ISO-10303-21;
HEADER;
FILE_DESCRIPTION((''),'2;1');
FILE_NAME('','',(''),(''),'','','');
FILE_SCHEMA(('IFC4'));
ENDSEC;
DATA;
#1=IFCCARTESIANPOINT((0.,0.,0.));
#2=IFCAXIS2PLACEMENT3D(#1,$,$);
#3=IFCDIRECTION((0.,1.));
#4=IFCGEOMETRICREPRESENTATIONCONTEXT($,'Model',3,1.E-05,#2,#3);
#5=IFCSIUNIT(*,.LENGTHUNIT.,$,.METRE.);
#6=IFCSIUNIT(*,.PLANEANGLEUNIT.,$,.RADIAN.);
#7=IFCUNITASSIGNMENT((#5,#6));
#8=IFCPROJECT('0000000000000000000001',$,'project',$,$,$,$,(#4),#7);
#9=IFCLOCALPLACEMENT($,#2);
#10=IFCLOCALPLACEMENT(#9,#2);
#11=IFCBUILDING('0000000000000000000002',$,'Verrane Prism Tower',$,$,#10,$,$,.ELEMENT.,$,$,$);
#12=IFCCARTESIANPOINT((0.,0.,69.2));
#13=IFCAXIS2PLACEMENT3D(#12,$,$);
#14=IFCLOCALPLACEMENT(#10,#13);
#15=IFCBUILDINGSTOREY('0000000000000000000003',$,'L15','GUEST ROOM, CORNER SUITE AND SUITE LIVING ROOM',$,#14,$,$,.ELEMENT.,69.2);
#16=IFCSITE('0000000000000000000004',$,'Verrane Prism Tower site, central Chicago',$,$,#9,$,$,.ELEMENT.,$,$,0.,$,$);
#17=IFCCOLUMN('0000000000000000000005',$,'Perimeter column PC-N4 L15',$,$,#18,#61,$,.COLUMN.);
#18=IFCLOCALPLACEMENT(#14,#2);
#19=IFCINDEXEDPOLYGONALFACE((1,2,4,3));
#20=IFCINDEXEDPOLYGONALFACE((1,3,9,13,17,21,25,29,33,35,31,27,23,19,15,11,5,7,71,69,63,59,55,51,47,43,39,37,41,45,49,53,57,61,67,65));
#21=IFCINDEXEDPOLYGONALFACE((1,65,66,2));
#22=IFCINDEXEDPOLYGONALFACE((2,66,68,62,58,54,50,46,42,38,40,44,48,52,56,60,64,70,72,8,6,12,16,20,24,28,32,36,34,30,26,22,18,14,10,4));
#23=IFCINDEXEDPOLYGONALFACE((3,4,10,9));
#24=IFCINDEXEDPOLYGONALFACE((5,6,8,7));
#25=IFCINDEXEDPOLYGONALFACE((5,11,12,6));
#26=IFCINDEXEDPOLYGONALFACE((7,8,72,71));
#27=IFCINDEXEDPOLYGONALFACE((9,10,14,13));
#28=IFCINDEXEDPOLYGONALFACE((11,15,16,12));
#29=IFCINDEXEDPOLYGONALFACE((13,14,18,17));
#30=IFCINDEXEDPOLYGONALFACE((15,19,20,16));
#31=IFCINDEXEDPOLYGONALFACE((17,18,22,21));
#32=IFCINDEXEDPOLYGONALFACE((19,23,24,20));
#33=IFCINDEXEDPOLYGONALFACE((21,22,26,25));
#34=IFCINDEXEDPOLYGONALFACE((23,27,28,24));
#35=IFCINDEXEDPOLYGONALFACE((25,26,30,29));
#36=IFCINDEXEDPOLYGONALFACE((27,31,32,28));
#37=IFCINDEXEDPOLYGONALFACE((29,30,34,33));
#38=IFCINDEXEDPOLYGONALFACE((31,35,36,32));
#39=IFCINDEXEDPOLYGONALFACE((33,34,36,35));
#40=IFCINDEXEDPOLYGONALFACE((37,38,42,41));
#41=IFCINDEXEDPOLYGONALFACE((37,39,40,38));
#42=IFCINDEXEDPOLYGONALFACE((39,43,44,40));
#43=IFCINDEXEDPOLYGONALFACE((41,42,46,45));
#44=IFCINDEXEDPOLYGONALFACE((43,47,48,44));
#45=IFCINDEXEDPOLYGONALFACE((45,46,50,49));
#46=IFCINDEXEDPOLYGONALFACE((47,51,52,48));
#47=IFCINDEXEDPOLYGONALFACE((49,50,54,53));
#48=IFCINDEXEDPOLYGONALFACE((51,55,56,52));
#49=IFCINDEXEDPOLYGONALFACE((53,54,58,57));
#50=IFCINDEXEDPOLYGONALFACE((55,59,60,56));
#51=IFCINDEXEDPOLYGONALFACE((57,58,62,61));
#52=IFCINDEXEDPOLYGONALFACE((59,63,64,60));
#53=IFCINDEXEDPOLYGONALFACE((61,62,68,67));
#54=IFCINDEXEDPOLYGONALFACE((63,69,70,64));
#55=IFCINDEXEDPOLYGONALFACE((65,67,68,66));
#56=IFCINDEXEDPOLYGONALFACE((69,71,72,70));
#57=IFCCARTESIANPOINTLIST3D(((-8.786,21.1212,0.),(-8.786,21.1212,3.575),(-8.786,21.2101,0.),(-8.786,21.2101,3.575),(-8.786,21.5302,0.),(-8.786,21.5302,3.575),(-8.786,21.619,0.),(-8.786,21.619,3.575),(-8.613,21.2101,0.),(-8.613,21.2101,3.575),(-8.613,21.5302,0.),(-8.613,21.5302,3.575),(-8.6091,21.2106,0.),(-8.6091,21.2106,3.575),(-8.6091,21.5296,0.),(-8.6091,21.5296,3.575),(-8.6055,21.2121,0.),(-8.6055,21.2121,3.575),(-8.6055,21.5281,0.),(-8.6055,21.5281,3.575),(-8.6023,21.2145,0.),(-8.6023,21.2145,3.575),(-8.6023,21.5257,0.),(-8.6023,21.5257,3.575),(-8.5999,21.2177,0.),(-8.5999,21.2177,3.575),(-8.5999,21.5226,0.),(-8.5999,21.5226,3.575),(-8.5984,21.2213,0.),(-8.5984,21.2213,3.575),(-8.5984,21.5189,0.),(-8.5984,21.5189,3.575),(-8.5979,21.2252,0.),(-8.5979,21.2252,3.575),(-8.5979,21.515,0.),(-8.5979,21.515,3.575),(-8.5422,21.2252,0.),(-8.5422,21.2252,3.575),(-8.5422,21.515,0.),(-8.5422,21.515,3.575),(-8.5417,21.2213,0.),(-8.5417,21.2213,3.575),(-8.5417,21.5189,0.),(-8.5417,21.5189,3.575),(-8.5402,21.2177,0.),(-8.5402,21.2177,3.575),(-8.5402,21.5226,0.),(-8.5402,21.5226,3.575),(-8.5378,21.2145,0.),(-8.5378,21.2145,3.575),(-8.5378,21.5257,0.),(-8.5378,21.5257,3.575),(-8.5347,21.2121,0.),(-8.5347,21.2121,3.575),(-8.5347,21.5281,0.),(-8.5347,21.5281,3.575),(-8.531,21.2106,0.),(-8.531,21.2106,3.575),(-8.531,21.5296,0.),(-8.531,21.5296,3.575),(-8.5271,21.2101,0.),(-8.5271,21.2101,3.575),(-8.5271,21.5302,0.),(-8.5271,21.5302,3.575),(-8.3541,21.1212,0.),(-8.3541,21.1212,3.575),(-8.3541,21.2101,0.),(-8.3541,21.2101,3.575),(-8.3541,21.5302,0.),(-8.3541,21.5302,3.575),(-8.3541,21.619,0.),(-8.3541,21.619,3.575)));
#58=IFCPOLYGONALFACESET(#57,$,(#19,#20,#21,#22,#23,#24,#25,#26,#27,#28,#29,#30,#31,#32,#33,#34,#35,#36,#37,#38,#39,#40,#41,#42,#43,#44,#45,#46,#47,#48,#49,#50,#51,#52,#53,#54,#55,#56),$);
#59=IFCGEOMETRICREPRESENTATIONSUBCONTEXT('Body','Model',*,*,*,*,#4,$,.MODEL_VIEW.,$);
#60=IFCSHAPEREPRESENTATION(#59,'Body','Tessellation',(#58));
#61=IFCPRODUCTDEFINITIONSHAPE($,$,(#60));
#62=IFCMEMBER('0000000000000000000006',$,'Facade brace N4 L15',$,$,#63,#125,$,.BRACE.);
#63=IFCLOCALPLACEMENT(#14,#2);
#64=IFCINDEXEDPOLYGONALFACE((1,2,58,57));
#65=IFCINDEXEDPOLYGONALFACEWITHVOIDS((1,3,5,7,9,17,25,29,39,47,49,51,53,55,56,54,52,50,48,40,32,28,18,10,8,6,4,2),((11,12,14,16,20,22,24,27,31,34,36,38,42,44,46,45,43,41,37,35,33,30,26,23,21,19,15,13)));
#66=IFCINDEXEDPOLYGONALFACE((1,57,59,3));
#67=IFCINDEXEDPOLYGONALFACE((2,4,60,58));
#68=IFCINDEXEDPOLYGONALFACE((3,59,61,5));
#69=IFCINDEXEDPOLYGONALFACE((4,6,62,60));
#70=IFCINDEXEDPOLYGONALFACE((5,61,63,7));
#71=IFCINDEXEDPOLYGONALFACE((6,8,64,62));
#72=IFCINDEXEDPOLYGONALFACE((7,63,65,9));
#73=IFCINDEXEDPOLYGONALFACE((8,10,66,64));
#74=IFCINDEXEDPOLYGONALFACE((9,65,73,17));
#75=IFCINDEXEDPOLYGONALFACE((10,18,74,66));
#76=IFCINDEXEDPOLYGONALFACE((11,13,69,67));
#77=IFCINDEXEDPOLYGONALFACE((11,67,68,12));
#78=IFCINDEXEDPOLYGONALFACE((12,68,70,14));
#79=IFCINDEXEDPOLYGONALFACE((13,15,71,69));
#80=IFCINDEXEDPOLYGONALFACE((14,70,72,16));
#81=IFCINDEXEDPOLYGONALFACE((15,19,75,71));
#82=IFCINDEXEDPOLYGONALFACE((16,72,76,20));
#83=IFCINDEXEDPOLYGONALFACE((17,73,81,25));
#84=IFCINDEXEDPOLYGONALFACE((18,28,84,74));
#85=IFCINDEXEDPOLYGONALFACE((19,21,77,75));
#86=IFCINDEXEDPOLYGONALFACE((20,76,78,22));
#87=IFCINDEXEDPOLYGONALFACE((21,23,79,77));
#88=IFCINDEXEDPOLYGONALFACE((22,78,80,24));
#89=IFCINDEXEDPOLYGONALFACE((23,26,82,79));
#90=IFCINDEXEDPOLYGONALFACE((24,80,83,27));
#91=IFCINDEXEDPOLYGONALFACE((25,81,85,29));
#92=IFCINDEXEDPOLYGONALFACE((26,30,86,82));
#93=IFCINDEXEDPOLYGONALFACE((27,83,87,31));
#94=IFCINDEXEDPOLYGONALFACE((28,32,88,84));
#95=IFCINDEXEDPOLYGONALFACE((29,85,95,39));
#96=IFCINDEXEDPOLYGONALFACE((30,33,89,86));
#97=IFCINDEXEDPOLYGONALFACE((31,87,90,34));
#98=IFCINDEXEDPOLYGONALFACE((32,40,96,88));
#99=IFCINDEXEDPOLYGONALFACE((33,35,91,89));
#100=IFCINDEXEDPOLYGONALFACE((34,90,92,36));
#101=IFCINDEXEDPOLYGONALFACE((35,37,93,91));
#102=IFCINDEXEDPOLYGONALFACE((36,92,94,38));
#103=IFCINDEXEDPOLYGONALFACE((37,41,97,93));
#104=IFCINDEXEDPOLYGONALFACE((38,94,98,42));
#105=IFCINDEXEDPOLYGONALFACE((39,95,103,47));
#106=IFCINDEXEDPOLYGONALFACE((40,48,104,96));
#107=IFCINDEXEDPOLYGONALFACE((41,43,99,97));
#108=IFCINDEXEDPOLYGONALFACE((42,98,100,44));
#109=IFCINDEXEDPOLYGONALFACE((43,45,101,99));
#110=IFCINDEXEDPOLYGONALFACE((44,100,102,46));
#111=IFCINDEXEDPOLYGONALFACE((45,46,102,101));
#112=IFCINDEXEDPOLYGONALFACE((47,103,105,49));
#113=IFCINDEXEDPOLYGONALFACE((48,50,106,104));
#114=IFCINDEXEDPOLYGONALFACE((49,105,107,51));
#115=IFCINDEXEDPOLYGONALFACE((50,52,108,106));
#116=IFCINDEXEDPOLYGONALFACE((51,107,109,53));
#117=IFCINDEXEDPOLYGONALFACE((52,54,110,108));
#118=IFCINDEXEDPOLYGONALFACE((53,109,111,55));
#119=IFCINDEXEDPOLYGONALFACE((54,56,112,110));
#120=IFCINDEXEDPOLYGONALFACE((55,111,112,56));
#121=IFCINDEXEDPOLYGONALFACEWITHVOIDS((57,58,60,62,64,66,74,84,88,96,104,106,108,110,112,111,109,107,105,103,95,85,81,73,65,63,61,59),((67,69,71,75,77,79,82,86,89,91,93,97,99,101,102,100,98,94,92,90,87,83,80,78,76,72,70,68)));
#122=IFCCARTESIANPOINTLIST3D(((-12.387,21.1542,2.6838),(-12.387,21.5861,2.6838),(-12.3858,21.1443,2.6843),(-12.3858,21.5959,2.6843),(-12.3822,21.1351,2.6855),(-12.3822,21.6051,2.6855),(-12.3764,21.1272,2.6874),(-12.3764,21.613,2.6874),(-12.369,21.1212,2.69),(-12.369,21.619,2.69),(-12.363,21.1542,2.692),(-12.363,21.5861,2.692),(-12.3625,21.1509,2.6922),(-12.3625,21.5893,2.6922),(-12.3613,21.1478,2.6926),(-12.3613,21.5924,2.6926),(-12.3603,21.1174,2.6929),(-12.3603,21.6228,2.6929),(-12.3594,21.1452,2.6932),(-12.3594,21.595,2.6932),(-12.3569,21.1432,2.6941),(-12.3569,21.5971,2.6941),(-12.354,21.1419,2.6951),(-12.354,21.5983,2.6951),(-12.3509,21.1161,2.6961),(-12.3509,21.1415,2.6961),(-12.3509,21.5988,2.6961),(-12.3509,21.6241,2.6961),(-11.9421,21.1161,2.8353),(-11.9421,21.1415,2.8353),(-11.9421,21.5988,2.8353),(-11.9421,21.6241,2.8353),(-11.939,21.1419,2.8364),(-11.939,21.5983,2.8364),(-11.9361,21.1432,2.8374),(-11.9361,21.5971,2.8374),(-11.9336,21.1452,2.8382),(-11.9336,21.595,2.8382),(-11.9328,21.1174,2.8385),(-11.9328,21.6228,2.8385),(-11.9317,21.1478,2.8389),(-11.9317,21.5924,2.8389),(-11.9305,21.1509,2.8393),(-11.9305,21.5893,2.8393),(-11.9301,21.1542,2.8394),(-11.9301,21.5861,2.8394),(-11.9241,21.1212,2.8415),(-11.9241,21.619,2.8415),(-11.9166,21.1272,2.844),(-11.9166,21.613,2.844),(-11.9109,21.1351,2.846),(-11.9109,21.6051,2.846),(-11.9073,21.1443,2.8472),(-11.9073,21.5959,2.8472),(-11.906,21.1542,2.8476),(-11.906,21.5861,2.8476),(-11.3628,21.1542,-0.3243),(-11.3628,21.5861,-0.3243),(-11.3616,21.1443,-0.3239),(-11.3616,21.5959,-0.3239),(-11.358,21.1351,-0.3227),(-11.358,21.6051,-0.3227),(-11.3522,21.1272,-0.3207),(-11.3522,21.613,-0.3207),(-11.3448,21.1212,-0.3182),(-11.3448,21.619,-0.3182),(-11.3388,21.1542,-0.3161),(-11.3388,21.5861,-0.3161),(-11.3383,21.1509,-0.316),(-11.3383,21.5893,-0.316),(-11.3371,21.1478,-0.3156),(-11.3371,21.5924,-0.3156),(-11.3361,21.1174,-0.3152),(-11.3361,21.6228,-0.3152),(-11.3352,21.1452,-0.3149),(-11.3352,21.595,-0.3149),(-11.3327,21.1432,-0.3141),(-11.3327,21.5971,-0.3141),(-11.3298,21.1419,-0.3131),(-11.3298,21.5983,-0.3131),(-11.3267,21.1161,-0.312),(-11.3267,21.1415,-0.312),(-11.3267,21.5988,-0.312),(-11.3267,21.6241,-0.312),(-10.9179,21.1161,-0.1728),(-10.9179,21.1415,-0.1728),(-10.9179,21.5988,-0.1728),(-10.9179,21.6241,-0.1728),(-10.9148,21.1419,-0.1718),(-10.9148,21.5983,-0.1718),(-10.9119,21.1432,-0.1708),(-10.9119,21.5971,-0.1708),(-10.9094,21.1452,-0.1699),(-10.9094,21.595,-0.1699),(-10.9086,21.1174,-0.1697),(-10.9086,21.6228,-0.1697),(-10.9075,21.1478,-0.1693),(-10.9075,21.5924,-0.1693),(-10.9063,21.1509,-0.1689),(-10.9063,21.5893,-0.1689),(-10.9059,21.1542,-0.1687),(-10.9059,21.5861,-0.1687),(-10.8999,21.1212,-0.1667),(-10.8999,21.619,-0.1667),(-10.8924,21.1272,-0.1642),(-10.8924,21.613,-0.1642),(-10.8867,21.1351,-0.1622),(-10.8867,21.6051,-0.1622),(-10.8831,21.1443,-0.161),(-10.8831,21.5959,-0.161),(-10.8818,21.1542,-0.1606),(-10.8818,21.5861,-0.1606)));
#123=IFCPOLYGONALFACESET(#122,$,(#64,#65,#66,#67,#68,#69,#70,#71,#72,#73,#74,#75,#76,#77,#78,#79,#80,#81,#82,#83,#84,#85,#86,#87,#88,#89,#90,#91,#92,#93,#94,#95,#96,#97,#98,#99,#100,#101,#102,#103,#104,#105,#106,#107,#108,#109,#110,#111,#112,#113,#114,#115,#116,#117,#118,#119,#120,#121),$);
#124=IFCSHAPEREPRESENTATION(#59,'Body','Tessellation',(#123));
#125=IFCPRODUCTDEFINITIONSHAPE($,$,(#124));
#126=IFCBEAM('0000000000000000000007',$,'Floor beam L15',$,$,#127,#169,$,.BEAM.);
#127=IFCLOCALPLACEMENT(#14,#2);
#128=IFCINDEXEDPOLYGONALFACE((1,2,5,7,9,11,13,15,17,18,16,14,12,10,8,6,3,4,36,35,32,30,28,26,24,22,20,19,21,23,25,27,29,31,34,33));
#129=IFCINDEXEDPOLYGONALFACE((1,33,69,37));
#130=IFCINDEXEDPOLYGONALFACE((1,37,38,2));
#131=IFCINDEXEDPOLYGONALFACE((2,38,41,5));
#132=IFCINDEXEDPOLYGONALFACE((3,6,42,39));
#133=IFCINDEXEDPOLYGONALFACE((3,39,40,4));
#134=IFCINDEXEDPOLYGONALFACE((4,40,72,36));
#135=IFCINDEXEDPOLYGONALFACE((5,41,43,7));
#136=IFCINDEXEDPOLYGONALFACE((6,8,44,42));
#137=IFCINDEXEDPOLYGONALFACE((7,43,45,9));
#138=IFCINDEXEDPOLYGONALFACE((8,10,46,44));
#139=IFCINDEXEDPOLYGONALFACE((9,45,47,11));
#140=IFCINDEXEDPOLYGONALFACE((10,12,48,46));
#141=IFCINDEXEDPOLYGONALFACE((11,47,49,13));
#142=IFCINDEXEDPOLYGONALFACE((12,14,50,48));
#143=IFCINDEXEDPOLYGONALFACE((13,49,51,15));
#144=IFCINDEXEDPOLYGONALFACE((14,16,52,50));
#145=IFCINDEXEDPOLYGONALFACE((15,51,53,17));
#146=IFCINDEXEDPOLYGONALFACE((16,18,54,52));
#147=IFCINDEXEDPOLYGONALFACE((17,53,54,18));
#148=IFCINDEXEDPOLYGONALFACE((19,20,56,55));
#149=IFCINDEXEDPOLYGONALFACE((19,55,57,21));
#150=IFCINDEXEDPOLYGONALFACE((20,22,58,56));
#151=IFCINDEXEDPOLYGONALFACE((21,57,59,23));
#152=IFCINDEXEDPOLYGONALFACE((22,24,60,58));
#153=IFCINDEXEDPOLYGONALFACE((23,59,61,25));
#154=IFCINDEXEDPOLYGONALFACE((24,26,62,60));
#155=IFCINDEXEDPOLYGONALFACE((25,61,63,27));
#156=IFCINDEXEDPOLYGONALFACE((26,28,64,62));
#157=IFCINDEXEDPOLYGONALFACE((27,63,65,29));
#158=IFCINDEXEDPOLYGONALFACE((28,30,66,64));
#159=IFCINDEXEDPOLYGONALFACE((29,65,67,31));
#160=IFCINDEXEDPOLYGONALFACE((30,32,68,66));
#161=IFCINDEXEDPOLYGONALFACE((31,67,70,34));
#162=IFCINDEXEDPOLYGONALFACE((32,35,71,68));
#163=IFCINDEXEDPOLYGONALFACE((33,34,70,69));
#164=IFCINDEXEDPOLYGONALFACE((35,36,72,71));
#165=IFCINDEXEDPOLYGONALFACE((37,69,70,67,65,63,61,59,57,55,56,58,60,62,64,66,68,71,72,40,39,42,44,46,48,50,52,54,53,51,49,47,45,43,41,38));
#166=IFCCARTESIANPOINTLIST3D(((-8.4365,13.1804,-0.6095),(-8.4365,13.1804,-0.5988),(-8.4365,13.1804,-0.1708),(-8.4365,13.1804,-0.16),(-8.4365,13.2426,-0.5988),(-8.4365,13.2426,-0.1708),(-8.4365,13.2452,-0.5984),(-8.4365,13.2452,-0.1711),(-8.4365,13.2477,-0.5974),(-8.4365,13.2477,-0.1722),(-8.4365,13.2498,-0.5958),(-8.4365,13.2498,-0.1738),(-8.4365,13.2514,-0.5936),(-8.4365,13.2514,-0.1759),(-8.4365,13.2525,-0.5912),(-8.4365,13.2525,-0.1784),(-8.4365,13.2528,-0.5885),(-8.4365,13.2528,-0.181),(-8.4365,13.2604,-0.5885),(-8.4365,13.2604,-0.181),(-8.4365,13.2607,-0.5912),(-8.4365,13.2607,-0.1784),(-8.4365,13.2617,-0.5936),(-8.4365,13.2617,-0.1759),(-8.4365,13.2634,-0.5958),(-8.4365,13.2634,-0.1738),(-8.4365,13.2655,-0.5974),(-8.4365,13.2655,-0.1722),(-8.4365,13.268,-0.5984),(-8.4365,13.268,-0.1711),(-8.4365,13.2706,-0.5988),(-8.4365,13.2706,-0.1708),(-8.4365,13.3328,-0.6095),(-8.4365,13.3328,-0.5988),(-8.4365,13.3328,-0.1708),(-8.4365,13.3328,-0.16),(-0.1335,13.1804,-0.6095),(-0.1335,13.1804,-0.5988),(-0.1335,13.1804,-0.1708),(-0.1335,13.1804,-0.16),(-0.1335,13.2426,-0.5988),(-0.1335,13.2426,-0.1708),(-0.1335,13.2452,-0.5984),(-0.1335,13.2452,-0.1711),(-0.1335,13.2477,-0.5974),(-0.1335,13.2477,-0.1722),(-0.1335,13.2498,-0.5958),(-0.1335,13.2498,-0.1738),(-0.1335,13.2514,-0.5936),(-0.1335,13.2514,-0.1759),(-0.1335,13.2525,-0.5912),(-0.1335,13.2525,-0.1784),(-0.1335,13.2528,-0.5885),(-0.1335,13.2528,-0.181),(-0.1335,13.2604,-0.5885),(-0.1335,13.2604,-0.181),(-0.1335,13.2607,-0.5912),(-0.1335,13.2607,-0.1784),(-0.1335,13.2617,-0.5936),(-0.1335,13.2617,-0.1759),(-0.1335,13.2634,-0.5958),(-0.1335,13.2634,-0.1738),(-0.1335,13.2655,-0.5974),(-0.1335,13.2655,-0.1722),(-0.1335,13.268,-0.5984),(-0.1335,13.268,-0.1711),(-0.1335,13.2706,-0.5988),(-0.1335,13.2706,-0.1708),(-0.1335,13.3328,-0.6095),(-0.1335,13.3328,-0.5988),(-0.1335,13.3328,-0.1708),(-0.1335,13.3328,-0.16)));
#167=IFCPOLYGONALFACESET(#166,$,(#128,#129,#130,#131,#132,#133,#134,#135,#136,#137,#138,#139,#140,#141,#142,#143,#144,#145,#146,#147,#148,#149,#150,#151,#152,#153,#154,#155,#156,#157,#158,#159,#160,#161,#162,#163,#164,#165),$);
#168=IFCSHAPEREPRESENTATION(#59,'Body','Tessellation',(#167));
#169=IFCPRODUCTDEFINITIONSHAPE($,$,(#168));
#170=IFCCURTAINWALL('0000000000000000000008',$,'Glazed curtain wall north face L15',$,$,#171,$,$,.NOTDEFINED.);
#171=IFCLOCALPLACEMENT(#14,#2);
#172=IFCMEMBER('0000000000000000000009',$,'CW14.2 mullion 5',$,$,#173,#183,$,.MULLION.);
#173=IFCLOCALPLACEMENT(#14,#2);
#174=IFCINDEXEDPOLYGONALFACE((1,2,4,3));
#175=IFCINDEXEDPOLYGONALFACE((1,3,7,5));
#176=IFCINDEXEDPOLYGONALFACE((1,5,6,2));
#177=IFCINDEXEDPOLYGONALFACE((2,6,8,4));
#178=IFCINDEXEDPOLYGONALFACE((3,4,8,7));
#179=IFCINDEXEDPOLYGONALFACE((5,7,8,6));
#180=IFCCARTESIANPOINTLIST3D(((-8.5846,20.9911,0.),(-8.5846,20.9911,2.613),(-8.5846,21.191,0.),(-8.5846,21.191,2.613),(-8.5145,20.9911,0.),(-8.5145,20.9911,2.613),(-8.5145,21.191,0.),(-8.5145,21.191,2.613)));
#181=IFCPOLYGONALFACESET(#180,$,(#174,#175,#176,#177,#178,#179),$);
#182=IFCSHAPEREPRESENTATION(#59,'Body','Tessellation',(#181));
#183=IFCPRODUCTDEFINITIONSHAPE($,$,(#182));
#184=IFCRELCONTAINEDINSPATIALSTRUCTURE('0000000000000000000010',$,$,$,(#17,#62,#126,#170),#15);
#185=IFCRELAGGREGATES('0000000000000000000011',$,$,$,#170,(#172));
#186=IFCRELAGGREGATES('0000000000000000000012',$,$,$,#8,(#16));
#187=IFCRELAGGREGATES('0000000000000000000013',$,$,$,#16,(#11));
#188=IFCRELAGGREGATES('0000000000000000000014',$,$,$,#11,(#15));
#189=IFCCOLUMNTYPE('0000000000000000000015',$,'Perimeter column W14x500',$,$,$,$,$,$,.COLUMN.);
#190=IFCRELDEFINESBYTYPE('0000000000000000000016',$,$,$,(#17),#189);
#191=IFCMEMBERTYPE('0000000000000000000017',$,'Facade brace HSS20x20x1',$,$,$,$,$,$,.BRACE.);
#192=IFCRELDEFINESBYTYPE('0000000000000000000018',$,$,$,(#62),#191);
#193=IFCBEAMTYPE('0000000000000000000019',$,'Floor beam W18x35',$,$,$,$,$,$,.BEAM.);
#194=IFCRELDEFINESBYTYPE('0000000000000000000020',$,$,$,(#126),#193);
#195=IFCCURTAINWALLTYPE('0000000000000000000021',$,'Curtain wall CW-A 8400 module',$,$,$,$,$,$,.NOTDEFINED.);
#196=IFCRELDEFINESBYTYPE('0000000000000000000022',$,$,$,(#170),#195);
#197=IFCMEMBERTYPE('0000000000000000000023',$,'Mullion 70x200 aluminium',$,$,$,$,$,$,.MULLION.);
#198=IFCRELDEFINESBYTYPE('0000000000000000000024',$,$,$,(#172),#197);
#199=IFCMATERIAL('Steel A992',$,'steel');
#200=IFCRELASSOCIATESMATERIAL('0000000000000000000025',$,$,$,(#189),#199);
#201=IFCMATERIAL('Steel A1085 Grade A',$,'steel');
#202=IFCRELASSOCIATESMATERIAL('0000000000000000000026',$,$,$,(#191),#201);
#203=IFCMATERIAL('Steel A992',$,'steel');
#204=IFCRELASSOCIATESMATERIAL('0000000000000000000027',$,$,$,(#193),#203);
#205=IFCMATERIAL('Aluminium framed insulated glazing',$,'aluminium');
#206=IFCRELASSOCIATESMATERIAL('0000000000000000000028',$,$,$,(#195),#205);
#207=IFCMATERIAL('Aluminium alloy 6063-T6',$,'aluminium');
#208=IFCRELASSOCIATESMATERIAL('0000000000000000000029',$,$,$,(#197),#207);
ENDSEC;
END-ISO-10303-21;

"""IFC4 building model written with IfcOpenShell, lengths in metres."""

from ifc_helpers import new_model, si_unit, direction, frame, origin, origin_2d, place, context, subcontext, project, spatial, rectangle, hollow_rectangle, i_section, extrude, material, material_profile, profile_set, type_object, element, aggregate, save


model = new_model("IFC4")

# Units and contexts
model_context = context("Model", 3, precision=1e-05, world=origin(), true_north=direction((0.0, 1.0)))
body_context = subcontext(model_context, "Body", "Model", "MODEL_VIEW")
ifc_project = project(units=[si_unit("LENGTHUNIT", "METRE"), si_unit("PLANEANGLEUNIT", "RADIAN")], contexts=[model_context])

# Site, building, storey
site_placement = place(None, origin())
site = spatial("IfcSite", under=ifc_project, at=site_placement, Name="Verrane Prism Tower site, central Chicago", CompositionType="ELEMENT", RefElevation=0.0)
building_placement = place(site_placement, origin())
building = spatial("IfcBuilding", under=site, at=building_placement, Name="Verrane Prism Tower", CompositionType="ELEMENT")
storey_placement = place(building_placement, frame((0.0, 0.0, 69.2)))
storey = spatial("IfcBuildingStorey", under=building, at=storey_placement, Name="L15", Description="GUEST ROOM, CORNER SUITE AND SUITE LIVING ROOM", CompositionType="ELEMENT", Elevation=69.2)

# Column
ifc_material_1 = material(Name="Steel A992", Category="steel")
ifc_material_profile_1 = material_profile(ifc_material_1, i_section(OverallWidth=0.4319, OverallDepth=0.4978, WebThickness=0.0557, FlangeThickness=0.0889, FilletRadius=0.0151, at=origin_2d()), Name="W14x500")
ifc_profile_set_1 = profile_set([ifc_material_profile_1], Name="Steel A992")
column_type = type_object("IfcColumnType", Name="Perimeter column W14x500", PredefinedType="COLUMN", material=ifc_profile_set_1)
column_placement = place(storey_placement, frame((-8.5701, 21.3701, 0.0), z_axis=(0.0, 0.0, 1.0), x_axis=(1.0, 0.0, 0.0)))
element("IfcColumn", 1, at=column_placement, inside=storey, type_object=column_type, Name="Perimeter column PC-N4 L15", PredefinedType="COLUMN", context=body_context, shape_type="SweptSolid", body=[
    extrude(i_section(OverallWidth=0.4319, OverallDepth=0.4978, WebThickness=0.0557, FlangeThickness=0.0889, FilletRadius=0.0151, at=origin_2d()), origin(), (0.0, 0.0, 1.0), 3.575),
])

# Member
ifc_material_2 = material(Name="Steel A1085 Grade A", Category="steel")
ifc_material_profile_2 = material_profile(ifc_material_2, hollow_rectangle(XDim=0.5081, YDim=0.5081, WallThickness=0.0254, InnerFilletRadius=0.0127, OuterFilletRadius=0.0381, at=origin_2d()), Name="HSS20x20x1")
ifc_profile_set_2 = profile_set([ifc_material_profile_2], Name="Steel A1085 Grade A")
member_type_1 = type_object("IfcMemberType", Name="Facade brace HSS20x20x1", PredefinedType="BRACE", material=ifc_profile_set_2)
member_1_placement = place(storey_placement, frame((-11.1223, 21.3701, -0.2424), z_axis=(-0.322306, 0.0, 0.946635), x_axis=(0.0, -1.0, 0.0)))
element("IfcMember", 2, at=member_1_placement, inside=storey, type_object=member_type_1, Name="Facade brace N4 L15", PredefinedType="BRACE", context=body_context, shape_type="SweptSolid", body=[
    extrude(hollow_rectangle(XDim=0.5081, YDim=0.5081, WallThickness=0.0254, InnerFilletRadius=0.0127, OuterFilletRadius=0.0381, at=origin_2d()), origin(), (0.0, 0.0, 1.0), 3.1777),
])

# Beam
ifc_material_3 = material(Name="Steel A992", Category="steel")
ifc_material_profile_3 = material_profile(ifc_material_3, i_section(OverallWidth=0.1523, OverallDepth=0.4495, WebThickness=0.0076, FlangeThickness=0.0107, FilletRadius=0.0103, at=origin_2d()), Name="W18x35")
ifc_profile_set_3 = profile_set([ifc_material_profile_3], Name="Steel A992")
beam_type_1 = type_object("IfcBeamType", Name="Floor beam W18x35", PredefinedType="BEAM", material=ifc_profile_set_3)
beam_1_placement = place(storey_placement, frame((-8.4365, 13.2566, -0.3848), z_axis=(1.0, 0.0, 0.0), x_axis=(0.0, 1.0, 0.0)))
element("IfcBeam", 3, at=beam_1_placement, inside=storey, type_object=beam_type_1, Name="Floor beam L15", PredefinedType="BEAM", context=body_context, shape_type="SweptSolid", body=[
    extrude(i_section(OverallWidth=0.1523, OverallDepth=0.4495, WebThickness=0.0076, FlangeThickness=0.0107, FilletRadius=0.0103, at=origin_2d()), origin(), (0.0, 0.0, 1.0), 8.303),
])

# Curtain wall, member
ifc_material_4 = material(Name="Aluminium framed insulated glazing", Category="aluminium")
curtain_wall_type = type_object("IfcCurtainWallType", Name="Curtain wall CW-A 8400 module", PredefinedType="NOTDEFINED", material=ifc_material_4)
curtain_wall_placement = place(storey_placement, origin())
curtain_wall = element("IfcCurtainWall", 4, at=curtain_wall_placement, inside=storey, type_object=curtain_wall_type, Name="Glazed curtain wall north face L15", PredefinedType="NOTDEFINED")
ifc_material_5 = material(Name="Aluminium alloy 6063-T6", Category="aluminium")
ifc_material_profile_4 = material_profile(ifc_material_5, rectangle(XDim=0.2, YDim=0.0701, at=origin_2d()), Name="Mullion 70x200 aluminium")
ifc_profile_set_4 = profile_set([ifc_material_profile_4], Name="Aluminium alloy 6063-T6")
member_type_2 = type_object("IfcMemberType", Name="Mullion 70x200 aluminium", PredefinedType="MULLION", material=ifc_profile_set_4)
member_2_placement = place(storey_placement, frame((-8.5496, 21.0911, 0.0), z_axis=(0.0, 0.0, 1.0), x_axis=(0.0, -1.0, 0.0)))
member_2 = element("IfcMember", 5, at=member_2_placement, type_object=member_type_2, Name="CW14.2 mullion 5", PredefinedType="MULLION", context=body_context, shape_type="SweptSolid", body=[
    extrude(rectangle(XDim=0.2, YDim=0.0701, at=origin_2d()), origin(), (0.0, 0.0, 1.0), 2.613),
])

aggregate(curtain_wall, [member_2])

save(model, "model.ifc")
